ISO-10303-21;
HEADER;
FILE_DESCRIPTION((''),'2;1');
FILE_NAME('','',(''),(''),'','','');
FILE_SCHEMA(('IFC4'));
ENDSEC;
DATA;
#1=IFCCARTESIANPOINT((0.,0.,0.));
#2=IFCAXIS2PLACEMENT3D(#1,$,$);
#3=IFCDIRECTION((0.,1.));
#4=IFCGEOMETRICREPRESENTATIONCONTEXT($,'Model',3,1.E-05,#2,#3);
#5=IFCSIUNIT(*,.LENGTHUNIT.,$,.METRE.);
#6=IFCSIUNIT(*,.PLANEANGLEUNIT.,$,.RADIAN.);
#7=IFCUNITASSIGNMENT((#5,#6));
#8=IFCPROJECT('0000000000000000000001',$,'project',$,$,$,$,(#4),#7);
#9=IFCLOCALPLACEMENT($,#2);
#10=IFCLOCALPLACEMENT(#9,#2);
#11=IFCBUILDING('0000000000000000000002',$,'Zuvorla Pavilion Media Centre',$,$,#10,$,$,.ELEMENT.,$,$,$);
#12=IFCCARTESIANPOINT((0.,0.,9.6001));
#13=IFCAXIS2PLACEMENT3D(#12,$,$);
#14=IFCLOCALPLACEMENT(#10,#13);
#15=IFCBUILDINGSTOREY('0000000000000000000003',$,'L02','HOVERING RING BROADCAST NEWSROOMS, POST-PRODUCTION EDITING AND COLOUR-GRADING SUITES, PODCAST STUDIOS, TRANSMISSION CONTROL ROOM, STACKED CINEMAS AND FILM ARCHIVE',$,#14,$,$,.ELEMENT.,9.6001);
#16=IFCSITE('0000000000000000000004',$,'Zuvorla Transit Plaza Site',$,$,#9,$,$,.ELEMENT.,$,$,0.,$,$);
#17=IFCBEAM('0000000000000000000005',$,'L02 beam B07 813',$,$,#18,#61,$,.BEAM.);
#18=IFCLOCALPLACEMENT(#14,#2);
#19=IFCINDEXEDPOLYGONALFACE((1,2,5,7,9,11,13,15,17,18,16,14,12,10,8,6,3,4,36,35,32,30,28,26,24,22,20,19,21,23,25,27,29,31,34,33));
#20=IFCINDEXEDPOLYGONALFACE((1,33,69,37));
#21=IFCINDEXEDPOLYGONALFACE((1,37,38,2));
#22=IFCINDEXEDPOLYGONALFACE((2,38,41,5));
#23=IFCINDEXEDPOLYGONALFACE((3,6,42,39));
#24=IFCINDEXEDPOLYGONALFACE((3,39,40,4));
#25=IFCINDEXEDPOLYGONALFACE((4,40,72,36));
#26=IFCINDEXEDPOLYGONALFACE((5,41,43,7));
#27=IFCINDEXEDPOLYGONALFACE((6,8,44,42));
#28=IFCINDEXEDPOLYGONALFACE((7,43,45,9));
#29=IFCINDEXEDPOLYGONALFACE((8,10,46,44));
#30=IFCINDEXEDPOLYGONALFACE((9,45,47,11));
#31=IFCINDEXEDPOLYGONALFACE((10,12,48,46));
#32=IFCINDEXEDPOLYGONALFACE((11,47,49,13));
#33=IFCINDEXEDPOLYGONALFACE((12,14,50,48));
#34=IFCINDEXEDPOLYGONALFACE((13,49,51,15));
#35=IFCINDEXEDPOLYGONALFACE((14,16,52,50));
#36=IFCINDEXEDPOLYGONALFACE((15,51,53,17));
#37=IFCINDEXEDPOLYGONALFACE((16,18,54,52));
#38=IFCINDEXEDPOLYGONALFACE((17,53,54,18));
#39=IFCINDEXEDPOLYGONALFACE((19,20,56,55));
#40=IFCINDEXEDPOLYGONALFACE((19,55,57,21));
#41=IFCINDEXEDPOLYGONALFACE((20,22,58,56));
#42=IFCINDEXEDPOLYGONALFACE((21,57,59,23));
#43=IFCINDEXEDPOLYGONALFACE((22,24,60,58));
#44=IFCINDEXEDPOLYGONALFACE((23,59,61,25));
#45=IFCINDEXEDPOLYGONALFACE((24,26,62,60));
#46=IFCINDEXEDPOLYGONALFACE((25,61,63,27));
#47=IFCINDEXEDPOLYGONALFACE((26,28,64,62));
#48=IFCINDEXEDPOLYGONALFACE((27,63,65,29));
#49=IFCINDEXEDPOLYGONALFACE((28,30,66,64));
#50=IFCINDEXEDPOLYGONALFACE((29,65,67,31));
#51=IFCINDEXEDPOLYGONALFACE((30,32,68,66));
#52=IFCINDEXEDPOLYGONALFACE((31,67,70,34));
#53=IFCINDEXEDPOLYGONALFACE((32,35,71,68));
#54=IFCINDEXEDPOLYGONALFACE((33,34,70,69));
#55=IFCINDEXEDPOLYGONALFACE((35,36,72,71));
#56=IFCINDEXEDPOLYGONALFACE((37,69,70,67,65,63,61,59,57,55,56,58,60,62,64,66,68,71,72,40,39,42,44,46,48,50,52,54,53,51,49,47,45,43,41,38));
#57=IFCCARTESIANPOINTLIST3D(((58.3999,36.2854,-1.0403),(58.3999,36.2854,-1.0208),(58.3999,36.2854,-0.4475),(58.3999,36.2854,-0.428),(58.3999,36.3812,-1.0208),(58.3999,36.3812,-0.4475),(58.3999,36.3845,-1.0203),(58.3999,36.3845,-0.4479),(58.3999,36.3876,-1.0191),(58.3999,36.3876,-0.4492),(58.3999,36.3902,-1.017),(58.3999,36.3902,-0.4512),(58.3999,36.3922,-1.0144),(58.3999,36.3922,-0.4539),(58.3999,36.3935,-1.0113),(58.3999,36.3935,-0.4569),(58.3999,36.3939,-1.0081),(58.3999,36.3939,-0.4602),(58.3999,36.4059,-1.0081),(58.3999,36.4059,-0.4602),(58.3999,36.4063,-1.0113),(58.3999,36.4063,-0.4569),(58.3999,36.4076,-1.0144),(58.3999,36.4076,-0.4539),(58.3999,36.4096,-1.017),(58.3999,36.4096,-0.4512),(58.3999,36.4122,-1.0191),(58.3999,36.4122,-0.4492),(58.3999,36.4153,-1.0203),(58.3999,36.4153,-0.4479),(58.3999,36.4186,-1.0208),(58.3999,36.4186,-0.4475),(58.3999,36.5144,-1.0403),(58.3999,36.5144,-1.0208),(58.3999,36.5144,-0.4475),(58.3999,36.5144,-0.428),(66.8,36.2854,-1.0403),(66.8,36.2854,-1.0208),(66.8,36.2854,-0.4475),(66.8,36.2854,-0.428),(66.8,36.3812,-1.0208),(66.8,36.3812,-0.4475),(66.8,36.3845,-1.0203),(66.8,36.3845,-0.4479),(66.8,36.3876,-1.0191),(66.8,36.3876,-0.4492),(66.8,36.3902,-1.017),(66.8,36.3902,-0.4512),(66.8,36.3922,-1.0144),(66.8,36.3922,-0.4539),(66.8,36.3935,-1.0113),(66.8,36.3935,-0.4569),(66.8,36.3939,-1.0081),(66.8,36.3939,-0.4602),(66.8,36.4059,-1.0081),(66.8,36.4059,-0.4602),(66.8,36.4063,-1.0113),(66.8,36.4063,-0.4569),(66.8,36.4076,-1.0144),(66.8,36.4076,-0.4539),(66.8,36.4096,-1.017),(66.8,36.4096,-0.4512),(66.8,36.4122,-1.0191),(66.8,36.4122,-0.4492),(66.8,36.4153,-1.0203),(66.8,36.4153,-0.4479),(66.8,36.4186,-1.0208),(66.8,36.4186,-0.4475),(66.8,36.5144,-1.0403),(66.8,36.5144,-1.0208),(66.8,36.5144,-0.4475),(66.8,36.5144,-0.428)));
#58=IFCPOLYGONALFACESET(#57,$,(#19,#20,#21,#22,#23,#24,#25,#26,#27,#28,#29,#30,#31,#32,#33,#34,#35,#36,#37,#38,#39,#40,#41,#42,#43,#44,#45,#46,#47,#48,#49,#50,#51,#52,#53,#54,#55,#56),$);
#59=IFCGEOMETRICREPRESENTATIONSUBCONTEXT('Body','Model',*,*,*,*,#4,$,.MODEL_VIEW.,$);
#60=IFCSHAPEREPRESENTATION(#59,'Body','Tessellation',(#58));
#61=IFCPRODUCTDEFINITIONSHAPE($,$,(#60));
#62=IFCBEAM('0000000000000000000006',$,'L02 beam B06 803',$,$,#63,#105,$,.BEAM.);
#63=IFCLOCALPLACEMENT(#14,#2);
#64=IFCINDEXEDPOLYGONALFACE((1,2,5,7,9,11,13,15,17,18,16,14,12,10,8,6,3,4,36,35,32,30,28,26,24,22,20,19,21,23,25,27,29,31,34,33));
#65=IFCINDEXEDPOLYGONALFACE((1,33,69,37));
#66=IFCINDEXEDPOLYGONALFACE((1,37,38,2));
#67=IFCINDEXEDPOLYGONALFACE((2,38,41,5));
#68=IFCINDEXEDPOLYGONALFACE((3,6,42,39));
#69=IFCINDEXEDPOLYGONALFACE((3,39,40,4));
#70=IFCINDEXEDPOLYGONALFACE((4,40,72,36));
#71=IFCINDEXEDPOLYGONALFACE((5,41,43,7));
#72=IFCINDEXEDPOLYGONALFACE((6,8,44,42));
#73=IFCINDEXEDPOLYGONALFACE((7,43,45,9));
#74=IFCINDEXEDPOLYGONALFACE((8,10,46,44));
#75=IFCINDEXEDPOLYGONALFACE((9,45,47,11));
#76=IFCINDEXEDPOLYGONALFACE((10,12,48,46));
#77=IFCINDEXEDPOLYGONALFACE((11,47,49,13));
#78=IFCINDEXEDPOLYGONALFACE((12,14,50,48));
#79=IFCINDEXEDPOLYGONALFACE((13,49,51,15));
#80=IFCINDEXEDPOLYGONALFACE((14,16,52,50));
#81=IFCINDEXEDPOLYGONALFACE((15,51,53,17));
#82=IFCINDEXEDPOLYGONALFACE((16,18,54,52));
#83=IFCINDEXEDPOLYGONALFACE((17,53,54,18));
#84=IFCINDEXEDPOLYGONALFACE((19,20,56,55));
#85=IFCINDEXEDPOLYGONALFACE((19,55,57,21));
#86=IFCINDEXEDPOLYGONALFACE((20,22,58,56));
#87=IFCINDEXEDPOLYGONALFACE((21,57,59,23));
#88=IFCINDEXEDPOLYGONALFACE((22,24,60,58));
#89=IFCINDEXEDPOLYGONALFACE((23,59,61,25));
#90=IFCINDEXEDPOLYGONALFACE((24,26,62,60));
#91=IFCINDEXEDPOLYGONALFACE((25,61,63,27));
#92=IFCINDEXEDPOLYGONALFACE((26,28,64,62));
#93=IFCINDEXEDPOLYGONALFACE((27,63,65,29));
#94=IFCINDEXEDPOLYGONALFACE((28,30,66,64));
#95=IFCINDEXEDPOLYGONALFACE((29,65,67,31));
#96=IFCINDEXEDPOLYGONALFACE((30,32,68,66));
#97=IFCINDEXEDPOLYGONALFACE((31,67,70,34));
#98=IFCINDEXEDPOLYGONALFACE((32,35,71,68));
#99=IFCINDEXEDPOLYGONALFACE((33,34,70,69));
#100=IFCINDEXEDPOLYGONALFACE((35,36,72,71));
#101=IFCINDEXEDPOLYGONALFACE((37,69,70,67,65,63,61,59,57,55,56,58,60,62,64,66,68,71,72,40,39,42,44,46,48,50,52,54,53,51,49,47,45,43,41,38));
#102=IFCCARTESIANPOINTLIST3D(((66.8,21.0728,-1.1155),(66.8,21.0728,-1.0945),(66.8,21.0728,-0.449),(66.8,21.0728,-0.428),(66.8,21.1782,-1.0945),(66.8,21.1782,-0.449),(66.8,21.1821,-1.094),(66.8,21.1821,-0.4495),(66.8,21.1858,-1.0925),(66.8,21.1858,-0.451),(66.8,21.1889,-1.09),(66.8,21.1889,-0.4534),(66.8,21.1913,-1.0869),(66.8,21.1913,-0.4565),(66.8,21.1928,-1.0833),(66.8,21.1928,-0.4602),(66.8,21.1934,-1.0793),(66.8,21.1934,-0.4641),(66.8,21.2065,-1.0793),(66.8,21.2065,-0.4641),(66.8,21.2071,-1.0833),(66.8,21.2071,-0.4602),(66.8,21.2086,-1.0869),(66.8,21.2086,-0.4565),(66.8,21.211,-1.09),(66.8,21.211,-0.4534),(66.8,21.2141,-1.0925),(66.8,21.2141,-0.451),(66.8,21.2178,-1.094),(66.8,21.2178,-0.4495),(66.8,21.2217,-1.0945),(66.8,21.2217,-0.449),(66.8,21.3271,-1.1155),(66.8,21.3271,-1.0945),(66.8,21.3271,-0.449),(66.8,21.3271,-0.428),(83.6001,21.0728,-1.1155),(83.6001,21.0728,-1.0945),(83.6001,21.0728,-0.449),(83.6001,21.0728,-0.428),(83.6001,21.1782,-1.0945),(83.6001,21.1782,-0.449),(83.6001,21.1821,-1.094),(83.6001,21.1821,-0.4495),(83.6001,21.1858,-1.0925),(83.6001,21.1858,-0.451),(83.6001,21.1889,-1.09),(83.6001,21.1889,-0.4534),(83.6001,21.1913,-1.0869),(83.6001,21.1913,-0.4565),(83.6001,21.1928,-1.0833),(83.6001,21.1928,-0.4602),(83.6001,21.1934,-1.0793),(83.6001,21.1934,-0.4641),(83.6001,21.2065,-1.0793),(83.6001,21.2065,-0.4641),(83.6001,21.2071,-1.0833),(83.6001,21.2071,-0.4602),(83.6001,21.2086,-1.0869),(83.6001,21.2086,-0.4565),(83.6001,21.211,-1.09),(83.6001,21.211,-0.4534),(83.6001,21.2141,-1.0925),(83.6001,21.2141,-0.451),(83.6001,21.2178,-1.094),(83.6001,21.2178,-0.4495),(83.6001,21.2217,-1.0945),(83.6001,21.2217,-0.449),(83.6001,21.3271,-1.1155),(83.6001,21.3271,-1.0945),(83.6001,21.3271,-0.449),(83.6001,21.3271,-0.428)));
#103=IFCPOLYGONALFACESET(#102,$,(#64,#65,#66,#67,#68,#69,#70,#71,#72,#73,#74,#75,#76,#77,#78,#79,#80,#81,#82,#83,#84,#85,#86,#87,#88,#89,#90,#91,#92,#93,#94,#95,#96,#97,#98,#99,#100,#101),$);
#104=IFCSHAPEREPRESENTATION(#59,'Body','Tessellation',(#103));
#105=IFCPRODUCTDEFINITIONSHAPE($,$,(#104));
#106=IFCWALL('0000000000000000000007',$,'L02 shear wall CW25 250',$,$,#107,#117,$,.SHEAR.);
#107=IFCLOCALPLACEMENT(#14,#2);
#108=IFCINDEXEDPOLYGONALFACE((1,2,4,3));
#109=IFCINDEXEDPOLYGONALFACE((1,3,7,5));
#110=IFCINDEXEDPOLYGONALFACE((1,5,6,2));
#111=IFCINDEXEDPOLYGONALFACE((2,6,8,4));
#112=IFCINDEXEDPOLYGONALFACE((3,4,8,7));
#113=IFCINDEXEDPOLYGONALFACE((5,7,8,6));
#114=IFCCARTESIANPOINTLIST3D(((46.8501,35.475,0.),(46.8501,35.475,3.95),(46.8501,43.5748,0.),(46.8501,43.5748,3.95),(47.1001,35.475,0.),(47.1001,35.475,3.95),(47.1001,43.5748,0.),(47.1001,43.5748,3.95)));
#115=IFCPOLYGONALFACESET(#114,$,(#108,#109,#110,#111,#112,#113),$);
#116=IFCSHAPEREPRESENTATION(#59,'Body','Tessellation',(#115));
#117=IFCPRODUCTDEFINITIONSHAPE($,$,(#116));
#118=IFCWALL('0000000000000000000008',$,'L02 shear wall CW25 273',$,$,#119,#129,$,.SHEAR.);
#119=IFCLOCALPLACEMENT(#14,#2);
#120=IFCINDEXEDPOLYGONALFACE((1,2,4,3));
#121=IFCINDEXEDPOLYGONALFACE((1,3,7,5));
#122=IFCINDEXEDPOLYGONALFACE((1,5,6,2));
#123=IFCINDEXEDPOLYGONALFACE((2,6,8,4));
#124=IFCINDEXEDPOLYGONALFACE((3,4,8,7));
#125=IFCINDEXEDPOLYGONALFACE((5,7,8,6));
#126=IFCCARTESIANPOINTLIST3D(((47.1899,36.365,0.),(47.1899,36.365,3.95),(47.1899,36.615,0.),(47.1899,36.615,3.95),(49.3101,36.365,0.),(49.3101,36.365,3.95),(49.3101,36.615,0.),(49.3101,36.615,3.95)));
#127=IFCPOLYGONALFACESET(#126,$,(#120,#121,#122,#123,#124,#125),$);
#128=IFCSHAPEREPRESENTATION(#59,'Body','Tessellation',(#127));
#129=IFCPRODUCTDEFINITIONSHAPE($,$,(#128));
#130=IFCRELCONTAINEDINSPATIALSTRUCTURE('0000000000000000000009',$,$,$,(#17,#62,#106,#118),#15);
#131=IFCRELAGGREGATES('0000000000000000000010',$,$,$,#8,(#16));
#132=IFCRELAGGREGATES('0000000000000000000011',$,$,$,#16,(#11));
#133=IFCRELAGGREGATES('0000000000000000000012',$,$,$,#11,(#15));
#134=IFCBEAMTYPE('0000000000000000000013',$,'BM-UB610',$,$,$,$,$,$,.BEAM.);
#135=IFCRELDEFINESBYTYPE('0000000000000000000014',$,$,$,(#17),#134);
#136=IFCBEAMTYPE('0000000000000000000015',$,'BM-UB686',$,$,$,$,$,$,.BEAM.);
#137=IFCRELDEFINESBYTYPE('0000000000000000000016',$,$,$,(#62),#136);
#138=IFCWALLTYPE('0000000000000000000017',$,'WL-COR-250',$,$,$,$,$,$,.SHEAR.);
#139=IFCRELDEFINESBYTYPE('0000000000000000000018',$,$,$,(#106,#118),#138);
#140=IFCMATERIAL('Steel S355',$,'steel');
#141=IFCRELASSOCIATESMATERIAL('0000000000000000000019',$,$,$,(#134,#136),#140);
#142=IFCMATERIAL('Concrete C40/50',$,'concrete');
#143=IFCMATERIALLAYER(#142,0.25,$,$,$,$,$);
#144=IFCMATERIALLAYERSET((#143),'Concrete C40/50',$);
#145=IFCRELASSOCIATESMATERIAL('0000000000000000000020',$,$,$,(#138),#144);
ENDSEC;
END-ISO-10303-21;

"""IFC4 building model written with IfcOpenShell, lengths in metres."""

from ifc_helpers import new_model, si_unit, direction, frame, frame_2d, origin, origin_2d, place, context, subcontext, project, spatial, rectangle, i_section, extrude, material, layer, layer_set, material_profile, profile_set, type_object, element, save


model = new_model("IFC4")

# Units and contexts
model_context = context("Model", 3, precision=1e-05, world=origin(), true_north=direction((0.0, 1.0)))
body_context = subcontext(model_context, "Body", "Model", "MODEL_VIEW")
ifc_project = project(units=[si_unit("LENGTHUNIT", "METRE"), si_unit("PLANEANGLEUNIT", "RADIAN")], contexts=[model_context])

# Site, building, storey
site_placement = place(None, origin())
site = spatial("IfcSite", under=ifc_project, at=site_placement, Name="Zuvorla Transit Plaza Site", CompositionType="ELEMENT", RefElevation=0.0)
building_placement = place(site_placement, origin())
building = spatial("IfcBuilding", under=site, at=building_placement, Name="Zuvorla Pavilion Media Centre", CompositionType="ELEMENT")
storey_placement = place(building_placement, frame((0.0, 0.0, 9.6001)))
storey = spatial("IfcBuildingStorey", under=building, at=storey_placement, Name="L02", Description="HOVERING RING BROADCAST NEWSROOMS, POST-PRODUCTION EDITING AND COLOUR-GRADING SUITES, PODCAST STUDIOS, TRANSMISSION CONTROL ROOM, STACKED CINEMAS AND FILM ARCHIVE", CompositionType="ELEMENT", Elevation=9.6001)

# Shared definitions
ifc_material_1 = material(Name="Concrete C40/50", Category="concrete")

# Beams
ifc_material_2 = material(Name="Steel S355", Category="steel")
ifc_material_profile_1 = material_profile(ifc_material_2, i_section(OverallWidth=0.229, OverallDepth=0.6123, WebThickness=0.012, FlangeThickness=0.0195, FilletRadius=0.0127, at=origin_2d()), Name="UB 610x229x125")
ifc_profile_set_1 = profile_set([ifc_material_profile_1], Name="Steel S355")
beam_type_1 = type_object("IfcBeamType", Name="BM-UB610", PredefinedType="BEAM", material=ifc_profile_set_1)
beam_1_placement = place(storey_placement, frame((58.3999, 36.3999, -0.7341), z_axis=(1.0, 0.0, 0.0), x_axis=(0.0, 1.0, 0.0)))
element("IfcBeam", 1, at=beam_1_placement, inside=storey, type_object=beam_type_1, Name="L02 beam B07 813", PredefinedType="BEAM", context=body_context, shape_type="SweptSolid", body=[
    extrude(i_section(OverallWidth=0.229, OverallDepth=0.6123, WebThickness=0.012, FlangeThickness=0.0195, FilletRadius=0.0127, at=origin_2d()), origin(), (0.0, 0.0, 1.0), 8.4001),
])
ifc_material_profile_2 = material_profile(ifc_material_2, i_section(OverallWidth=0.2544, OverallDepth=0.6875, WebThickness=0.0132, FlangeThickness=0.021, FilletRadius=0.0151, at=origin_2d()), Name="UB 686x254x152")
ifc_profile_set_2 = profile_set([ifc_material_profile_2], Name="Steel S355")
beam_type_2 = type_object("IfcBeamType", Name="BM-UB686", PredefinedType="BEAM", material=ifc_profile_set_2)
beam_2_placement = place(storey_placement, frame((66.8, 21.2, -0.7717), z_axis=(1.0, 0.0, 0.0), x_axis=(0.0, 1.0, 0.0)))
element("IfcBeam", 2, at=beam_2_placement, inside=storey, type_object=beam_type_2, Name="L02 beam B06 803", PredefinedType="BEAM", context=body_context, shape_type="SweptSolid", body=[
    extrude(i_section(OverallWidth=0.2544, OverallDepth=0.6875, WebThickness=0.0132, FlangeThickness=0.021, FilletRadius=0.0151, at=origin_2d()), origin(), (0.0, 0.0, 1.0), 16.8),
])

# Walls
ifc_layer = layer(ifc_material_1, 0.25)
ifc_layer_set = layer_set([ifc_layer], Name="Concrete C40/50")
wall_type = type_object("IfcWallType", Name="WL-COR-250", PredefinedType="SHEAR", material=ifc_layer_set)
wall_1_placement = place(storey_placement, frame((46.9751, 35.4751, 0.0), z_axis=(0.0, 0.0, 1.0), x_axis=(0.0, 1.0, 0.0)))
element("IfcWall", 3, at=wall_1_placement, inside=storey, type_object=wall_type, Name="L02 shear wall CW25 250", PredefinedType="SHEAR", context=body_context, shape_type="SweptSolid", body=[
    extrude(rectangle(XDim=8.0999, YDim=0.25, at=frame_2d((4.0498, 0.0))), origin(), (0.0, 0.0, 1.0), 3.95),
])
wall_2_placement = place(storey_placement, frame((47.1899, 36.49, 0.0), z_axis=(0.0, 0.0, 1.0), x_axis=(1.0, 0.0, 0.0)))
element("IfcWall", 4, at=wall_2_placement, inside=storey, type_object=wall_type, Name="L02 shear wall CW25 273", PredefinedType="SHEAR", context=body_context, shape_type="SweptSolid", body=[
    extrude(rectangle(XDim=2.1201, YDim=0.25, at=frame_2d((1.0601, 0.0))), origin(), (0.0, 0.0, 1.0), 3.95),
])

save(model, "model.ifc")
